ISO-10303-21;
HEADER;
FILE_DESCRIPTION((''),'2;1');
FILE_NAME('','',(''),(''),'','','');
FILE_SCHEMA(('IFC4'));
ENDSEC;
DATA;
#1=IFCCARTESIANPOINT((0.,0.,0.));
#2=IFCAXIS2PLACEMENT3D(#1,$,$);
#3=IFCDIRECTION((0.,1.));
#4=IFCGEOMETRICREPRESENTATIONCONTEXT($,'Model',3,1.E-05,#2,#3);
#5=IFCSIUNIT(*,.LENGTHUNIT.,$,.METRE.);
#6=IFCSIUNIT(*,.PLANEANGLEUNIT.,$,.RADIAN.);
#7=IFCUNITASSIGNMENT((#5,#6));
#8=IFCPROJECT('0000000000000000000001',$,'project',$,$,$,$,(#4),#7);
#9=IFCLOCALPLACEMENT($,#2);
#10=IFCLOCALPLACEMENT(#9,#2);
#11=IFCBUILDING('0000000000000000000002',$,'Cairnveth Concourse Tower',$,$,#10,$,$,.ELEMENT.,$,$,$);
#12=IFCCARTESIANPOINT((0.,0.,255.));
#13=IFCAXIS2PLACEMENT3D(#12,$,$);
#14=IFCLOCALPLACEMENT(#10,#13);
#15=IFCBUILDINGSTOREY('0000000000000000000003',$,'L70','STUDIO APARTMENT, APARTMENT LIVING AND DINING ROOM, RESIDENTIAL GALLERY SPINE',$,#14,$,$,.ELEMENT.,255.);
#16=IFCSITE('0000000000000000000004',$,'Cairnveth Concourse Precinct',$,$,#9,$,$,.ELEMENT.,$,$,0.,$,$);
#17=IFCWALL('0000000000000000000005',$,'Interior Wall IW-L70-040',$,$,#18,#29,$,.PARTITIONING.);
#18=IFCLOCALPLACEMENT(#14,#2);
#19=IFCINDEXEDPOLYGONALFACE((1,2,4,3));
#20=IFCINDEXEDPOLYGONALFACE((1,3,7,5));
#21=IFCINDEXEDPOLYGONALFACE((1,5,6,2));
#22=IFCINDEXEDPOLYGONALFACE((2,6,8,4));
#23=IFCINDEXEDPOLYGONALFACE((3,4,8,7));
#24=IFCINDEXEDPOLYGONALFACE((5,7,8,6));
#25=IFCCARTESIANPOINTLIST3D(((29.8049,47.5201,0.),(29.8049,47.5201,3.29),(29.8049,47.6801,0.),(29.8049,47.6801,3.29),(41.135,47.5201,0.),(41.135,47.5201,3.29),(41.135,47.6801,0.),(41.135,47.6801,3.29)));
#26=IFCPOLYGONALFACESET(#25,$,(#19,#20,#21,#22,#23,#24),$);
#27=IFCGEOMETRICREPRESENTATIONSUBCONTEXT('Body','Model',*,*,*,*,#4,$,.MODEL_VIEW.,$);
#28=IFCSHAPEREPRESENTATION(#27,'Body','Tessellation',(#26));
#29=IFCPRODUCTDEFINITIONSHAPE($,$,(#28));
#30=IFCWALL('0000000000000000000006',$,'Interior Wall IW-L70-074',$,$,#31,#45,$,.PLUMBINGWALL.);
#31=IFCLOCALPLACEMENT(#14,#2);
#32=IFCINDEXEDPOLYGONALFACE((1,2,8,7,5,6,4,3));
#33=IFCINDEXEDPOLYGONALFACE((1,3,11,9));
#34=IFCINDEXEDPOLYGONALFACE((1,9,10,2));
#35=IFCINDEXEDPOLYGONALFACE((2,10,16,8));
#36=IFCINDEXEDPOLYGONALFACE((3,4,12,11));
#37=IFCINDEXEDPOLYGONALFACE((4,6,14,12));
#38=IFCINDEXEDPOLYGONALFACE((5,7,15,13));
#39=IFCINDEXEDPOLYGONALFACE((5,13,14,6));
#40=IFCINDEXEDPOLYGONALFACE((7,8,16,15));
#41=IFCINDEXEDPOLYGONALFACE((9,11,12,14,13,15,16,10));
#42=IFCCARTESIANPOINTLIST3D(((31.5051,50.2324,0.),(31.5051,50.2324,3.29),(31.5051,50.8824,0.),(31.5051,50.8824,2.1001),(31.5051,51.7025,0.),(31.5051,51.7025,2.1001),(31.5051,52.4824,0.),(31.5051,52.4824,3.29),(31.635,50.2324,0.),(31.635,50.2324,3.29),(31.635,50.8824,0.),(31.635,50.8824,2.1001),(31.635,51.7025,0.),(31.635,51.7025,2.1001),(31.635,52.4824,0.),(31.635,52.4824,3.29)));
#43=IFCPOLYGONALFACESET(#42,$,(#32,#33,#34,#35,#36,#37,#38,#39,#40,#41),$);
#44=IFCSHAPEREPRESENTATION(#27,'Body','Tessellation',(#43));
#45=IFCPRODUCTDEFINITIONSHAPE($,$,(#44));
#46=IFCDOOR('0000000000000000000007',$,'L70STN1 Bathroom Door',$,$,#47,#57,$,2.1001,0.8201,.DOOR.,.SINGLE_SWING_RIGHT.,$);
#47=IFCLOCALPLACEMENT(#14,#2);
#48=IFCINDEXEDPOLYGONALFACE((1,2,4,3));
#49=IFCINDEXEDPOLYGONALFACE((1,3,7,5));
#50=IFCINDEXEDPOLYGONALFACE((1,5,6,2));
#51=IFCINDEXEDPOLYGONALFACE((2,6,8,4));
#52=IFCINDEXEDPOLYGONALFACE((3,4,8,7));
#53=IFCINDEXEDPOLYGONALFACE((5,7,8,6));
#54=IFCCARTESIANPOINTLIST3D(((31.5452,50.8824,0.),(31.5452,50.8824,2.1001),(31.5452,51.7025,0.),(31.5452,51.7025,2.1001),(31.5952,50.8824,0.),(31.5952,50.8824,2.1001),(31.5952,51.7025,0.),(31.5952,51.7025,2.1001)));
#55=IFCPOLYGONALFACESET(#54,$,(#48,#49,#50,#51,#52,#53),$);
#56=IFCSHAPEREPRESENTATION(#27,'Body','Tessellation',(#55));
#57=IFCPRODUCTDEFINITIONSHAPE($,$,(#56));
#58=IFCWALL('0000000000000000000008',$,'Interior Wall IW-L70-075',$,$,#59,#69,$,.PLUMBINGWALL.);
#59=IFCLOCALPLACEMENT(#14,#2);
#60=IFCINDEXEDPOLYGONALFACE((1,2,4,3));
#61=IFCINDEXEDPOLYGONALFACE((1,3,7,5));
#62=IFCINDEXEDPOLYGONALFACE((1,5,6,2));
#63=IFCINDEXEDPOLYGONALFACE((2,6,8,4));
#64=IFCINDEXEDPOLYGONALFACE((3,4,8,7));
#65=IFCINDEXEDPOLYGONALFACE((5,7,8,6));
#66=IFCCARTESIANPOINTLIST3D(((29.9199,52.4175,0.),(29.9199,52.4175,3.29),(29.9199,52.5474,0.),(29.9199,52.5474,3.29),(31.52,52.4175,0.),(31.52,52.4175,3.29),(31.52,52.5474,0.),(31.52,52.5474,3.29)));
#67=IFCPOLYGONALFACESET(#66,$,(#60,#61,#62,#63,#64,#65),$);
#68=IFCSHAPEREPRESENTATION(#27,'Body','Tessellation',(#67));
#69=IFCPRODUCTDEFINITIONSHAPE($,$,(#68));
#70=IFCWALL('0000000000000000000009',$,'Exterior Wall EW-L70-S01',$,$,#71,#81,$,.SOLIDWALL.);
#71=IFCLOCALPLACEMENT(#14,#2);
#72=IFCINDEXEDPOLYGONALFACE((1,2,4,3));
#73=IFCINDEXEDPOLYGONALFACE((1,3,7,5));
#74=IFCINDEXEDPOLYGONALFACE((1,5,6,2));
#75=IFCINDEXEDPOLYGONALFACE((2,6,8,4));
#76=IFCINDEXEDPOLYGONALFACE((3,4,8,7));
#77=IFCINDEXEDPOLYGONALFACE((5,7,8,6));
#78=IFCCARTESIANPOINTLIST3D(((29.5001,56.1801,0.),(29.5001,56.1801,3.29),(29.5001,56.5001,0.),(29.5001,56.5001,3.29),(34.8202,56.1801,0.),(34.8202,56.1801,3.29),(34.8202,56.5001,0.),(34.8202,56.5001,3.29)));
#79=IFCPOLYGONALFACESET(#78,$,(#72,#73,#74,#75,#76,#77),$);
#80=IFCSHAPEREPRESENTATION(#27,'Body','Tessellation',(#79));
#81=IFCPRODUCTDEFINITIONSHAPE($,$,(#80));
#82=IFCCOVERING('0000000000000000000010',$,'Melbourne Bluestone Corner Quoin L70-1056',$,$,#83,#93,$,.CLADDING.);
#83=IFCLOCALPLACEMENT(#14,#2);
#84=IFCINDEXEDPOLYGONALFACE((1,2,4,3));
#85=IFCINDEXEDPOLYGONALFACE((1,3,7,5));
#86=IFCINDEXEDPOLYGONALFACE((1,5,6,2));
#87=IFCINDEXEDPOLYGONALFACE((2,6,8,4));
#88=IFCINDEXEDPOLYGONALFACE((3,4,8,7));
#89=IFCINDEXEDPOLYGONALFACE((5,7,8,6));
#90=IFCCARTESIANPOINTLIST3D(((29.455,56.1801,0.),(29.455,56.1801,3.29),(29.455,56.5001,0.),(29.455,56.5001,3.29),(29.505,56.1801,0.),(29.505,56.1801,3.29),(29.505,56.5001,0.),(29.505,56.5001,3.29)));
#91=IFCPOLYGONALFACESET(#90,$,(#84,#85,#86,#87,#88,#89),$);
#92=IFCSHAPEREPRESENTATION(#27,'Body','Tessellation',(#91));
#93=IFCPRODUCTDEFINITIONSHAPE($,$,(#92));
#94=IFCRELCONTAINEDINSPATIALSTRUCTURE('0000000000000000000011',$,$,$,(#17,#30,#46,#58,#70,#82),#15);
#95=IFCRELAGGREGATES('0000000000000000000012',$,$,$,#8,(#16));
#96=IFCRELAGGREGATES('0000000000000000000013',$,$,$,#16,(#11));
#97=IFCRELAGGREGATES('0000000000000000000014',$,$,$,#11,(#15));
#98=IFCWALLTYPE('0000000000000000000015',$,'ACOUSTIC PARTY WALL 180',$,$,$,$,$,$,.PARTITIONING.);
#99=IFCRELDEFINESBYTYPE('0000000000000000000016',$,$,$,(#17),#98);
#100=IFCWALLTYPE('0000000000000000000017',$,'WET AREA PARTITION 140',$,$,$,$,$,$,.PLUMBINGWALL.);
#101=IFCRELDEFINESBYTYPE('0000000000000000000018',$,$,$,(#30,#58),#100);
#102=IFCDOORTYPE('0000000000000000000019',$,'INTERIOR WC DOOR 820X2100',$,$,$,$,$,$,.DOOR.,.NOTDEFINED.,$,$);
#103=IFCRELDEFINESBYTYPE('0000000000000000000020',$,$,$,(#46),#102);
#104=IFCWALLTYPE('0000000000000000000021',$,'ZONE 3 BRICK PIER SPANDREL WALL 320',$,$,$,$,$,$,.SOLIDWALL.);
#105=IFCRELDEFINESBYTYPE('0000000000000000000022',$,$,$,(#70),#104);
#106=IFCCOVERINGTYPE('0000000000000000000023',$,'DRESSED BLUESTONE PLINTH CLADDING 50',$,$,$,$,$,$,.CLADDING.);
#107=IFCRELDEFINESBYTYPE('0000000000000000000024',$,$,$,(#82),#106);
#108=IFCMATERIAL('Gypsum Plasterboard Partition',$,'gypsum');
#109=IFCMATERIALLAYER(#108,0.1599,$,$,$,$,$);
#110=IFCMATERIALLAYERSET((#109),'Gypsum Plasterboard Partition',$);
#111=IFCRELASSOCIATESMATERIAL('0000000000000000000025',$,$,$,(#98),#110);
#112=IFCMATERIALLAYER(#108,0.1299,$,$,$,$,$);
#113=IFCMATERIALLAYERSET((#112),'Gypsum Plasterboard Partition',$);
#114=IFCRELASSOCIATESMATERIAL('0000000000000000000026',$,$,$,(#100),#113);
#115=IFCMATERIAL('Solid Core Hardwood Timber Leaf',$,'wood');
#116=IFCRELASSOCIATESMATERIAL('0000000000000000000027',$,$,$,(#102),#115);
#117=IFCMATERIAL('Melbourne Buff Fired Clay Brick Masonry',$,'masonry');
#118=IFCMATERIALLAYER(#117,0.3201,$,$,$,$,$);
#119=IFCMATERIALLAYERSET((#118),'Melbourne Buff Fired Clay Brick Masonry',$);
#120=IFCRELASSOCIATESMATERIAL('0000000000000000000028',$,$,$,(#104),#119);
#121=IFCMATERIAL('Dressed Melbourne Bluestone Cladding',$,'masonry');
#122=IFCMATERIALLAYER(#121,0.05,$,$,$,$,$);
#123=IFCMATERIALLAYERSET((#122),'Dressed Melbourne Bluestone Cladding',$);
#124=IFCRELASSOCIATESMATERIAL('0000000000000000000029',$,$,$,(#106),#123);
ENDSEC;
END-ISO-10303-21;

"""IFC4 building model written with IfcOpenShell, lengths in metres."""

from ifc_helpers import new_model, si_unit, direction, frame, frame_2d, origin, place, context, subcontext, project, spatial, rectangle, extrude, material, layer, layer_set, type_object, element, fill, save


model = new_model("IFC4")

# Units and contexts
model_context = context("Model", 3, precision=1e-05, world=origin(), true_north=direction((0.0, 1.0)))
body_context = subcontext(model_context, "Body", "Model", "MODEL_VIEW")
ifc_project = project(units=[si_unit("LENGTHUNIT", "METRE"), si_unit("PLANEANGLEUNIT", "RADIAN")], contexts=[model_context])

# Site, building, storey
site_placement = place(None, origin())
site = spatial("IfcSite", under=ifc_project, at=site_placement, Name="Cairnveth Concourse Precinct", CompositionType="ELEMENT", RefElevation=0.0)
building_placement = place(site_placement, origin())
building = spatial("IfcBuilding", under=site, at=building_placement, Name="Cairnveth Concourse Tower", CompositionType="ELEMENT")
storey_placement = place(building_placement, frame((0.0, 0.0, 255.0)))
storey = spatial("IfcBuildingStorey", under=building, at=storey_placement, Name="L70", Description="STUDIO APARTMENT, APARTMENT LIVING AND DINING ROOM, RESIDENTIAL GALLERY SPINE", CompositionType="ELEMENT", Elevation=255.0)

# Shared definitions
ifc_material_1 = material(Name="Gypsum Plasterboard Partition", Category="gypsum")
ifc_layer_1 = layer(ifc_material_1, 0.1599)
ifc_layer_set_1 = layer_set([ifc_layer_1], Name="Gypsum Plasterboard Partition")
wall_type_1 = type_object("IfcWallType", Name="ACOUSTIC PARTY WALL 180", PredefinedType="PARTITIONING", material=ifc_layer_set_1)
ifc_material_2 = material(Name="Solid Core Hardwood Timber Leaf", Category="wood")

# Wall
wall_1_placement = place(storey_placement, frame((29.8049, 47.6001, 0.0), z_axis=(0.0, 0.0, 1.0), x_axis=(1.0, 0.0, 0.0)))
element("IfcWall", 1, at=wall_1_placement, inside=storey, type_object=wall_type_1, Name="Interior Wall IW-L70-040", PredefinedType="PARTITIONING", context=body_context, shape_type="SweptSolid", body=[
    extrude(rectangle(XDim=11.3301, YDim=0.1599, at=frame_2d((5.665, 0.0))), origin(), (0.0, 0.0, 1.0), 3.29),
])

# Wall, opening, door
ifc_layer_2 = layer(ifc_material_1, 0.1299)
ifc_layer_set_2 = layer_set([ifc_layer_2], Name="Gypsum Plasterboard Partition")
wall_type_2 = type_object("IfcWallType", Name="WET AREA PARTITION 140", PredefinedType="PLUMBINGWALL", material=ifc_layer_set_2)
wall_2_placement = place(storey_placement, frame((31.5701, 50.2324, 0.0), z_axis=(0.0, 0.0, 1.0), x_axis=(0.0, 1.0, 0.0)))
wall_2 = element("IfcWall", 2, at=wall_2_placement, inside=storey, type_object=wall_type_2, Name="Interior Wall IW-L70-074", PredefinedType="PLUMBINGWALL", context=body_context, shape_type="SweptSolid", body=[
    extrude(rectangle(XDim=2.25, YDim=0.1299, at=frame_2d((1.125, 0.0))), origin(), (0.0, 0.0, 1.0), 3.29),
])
opening_1_placement = place(wall_2_placement, frame((0.6499, 0.0, 0.0)))
opening_1 = element("IfcOpeningElement", 3, at=opening_1_placement, cuts=wall_2, PredefinedType="OPENING", context=body_context, shape_type="SweptSolid", body=[
    extrude(rectangle(XDim=0.8201, YDim=2.1001, at=frame_2d((0.4102, 1.05))), frame((0.0, 0.075, 0.0), z_axis=(0.0, -1.0, 0.0), x_axis=(1.0, 0.0, 0.0)), (0.0, 0.0, 1.0), 0.1499),
])
door_type_1 = type_object("IfcDoorType", Name="INTERIOR WC DOOR 820X2100", OperationType="NOTDEFINED", PredefinedType="DOOR", material=ifc_material_2)
door_1_placement = place(opening_1_placement, origin())
door_1 = element("IfcDoor", 4, at=door_1_placement, inside=storey, type_object=door_type_1, Name="L70STN1 Bathroom Door", OperationType="SINGLE_SWING_RIGHT", OverallHeight=2.1001, OverallWidth=0.8201, PredefinedType="DOOR", context=body_context, shape_type="SweptSolid", body=[
    extrude(rectangle(XDim=0.8201, YDim=2.1001, at=frame_2d((0.4102, 1.05))), frame((0.0, 0.0249, 0.0), z_axis=(0.0, -1.0, 0.0), x_axis=(1.0, 0.0, 0.0)), (0.0, 0.0, 1.0), 0.05),
])
fill(opening_1, door_1)

# Walls
wall_3_placement = place(storey_placement, frame((29.9199, 52.4824, 0.0), z_axis=(0.0, 0.0, 1.0), x_axis=(1.0, 0.0, 0.0)))
element("IfcWall", 5, at=wall_3_placement, inside=storey, type_object=wall_type_2, Name="Interior Wall IW-L70-075", PredefinedType="PLUMBINGWALL", context=body_context, shape_type="SweptSolid", body=[
    extrude(rectangle(XDim=1.6001, YDim=0.1299, at=frame_2d((0.8, 0.0))), origin(), (0.0, 0.0, 1.0), 3.29),
])
ifc_material_3 = material(Name="Melbourne Buff Fired Clay Brick Masonry", Category="masonry")
ifc_layer_3 = layer(ifc_material_3, 0.3201)
ifc_layer_set_3 = layer_set([ifc_layer_3], Name="Melbourne Buff Fired Clay Brick Masonry")
wall_type_3 = type_object("IfcWallType", Name="ZONE 3 BRICK PIER SPANDREL WALL 320", PredefinedType="SOLIDWALL", material=ifc_layer_set_3)
wall_4_placement = place(storey_placement, frame((29.5, 56.3401, 0.0), z_axis=(0.0, 0.0, 1.0), x_axis=(1.0, 0.0, 0.0)))
element("IfcWall", 6, at=wall_4_placement, inside=storey, type_object=wall_type_3, Name="Exterior Wall EW-L70-S01", PredefinedType="SOLIDWALL", context=body_context, shape_type="SweptSolid", body=[
    extrude(rectangle(XDim=5.3201, YDim=0.3201, at=frame_2d((2.6602, 0.0))), origin(), (0.0, 0.0, 1.0), 3.29),
])

# Covering
ifc_material_4 = material(Name="Dressed Melbourne Bluestone Cladding", Category="masonry")
ifc_layer_4 = layer(ifc_material_4, 0.05)
ifc_layer_set_4 = layer_set([ifc_layer_4], Name="Dressed Melbourne Bluestone Cladding")
covering_type = type_object("IfcCoveringType", Name="DRESSED BLUESTONE PLINTH CLADDING 50", PredefinedType="CLADDING", material=ifc_layer_set_4)
covering_placement = place(storey_placement, frame((29.48, 56.1799, 0.0), z_axis=(0.0, 0.0, 1.0), x_axis=(0.0, 1.0, 0.0)))
element("IfcCovering", 7, at=covering_placement, inside=storey, type_object=covering_type, Name="Melbourne Bluestone Corner Quoin L70-1056", PredefinedType="CLADDING", context=body_context, shape_type="SweptSolid", body=[
    extrude(rectangle(XDim=0.3201, YDim=0.05, at=frame_2d((0.1602, 0.0))), origin(), (0.0, 0.0, 1.0), 3.29),
])

save(model, "model.ifc")
